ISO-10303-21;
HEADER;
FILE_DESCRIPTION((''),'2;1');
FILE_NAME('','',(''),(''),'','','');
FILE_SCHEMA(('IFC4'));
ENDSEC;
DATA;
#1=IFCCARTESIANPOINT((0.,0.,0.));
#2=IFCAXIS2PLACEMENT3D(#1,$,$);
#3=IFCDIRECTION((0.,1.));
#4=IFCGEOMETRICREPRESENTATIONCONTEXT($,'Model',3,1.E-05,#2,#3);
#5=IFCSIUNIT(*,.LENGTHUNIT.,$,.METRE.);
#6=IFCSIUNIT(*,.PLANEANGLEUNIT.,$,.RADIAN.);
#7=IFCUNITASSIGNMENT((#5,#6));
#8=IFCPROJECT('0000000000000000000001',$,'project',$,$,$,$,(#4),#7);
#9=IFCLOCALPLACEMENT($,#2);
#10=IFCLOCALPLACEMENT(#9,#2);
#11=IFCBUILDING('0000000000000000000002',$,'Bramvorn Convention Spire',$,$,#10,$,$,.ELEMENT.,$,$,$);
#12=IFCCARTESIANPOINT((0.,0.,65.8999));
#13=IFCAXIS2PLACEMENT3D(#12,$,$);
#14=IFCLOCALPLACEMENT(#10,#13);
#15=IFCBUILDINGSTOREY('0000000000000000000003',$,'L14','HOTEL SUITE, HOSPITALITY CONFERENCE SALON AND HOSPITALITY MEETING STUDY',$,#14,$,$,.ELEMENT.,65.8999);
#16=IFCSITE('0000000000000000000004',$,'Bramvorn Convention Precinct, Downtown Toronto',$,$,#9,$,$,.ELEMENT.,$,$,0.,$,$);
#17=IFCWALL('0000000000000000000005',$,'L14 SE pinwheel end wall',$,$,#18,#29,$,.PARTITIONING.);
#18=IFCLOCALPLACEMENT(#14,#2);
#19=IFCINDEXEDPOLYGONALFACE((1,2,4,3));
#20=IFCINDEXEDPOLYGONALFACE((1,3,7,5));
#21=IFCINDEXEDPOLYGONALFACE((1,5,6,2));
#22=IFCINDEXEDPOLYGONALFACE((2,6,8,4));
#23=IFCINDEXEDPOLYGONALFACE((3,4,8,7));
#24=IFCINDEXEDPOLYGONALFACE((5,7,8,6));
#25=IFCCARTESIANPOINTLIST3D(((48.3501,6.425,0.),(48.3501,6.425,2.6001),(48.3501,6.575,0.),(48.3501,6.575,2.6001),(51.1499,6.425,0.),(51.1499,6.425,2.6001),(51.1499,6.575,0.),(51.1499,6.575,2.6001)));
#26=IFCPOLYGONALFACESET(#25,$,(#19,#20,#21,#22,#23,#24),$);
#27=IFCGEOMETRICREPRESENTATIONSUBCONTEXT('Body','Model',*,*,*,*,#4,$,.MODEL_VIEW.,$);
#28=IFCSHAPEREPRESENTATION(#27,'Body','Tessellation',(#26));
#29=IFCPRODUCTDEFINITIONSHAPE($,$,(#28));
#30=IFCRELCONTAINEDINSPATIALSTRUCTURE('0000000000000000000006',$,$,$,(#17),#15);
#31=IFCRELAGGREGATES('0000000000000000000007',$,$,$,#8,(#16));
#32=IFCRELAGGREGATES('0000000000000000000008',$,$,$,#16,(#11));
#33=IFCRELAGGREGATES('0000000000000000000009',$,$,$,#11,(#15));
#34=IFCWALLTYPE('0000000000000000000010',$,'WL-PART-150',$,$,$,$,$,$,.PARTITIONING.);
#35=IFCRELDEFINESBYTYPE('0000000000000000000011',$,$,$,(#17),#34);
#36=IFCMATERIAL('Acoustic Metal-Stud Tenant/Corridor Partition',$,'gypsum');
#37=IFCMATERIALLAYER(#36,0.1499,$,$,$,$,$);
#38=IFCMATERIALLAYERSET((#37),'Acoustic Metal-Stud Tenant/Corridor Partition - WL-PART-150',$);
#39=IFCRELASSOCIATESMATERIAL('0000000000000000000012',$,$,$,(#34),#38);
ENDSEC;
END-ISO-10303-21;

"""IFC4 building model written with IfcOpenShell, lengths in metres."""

from ifc_helpers import new_model, si_unit, direction, frame, frame_2d, origin, place, context, subcontext, project, spatial, rectangle, extrude, material, layer, layer_set, type_object, element, save


model = new_model("IFC4")

# Units and contexts
model_context = context("Model", 3, precision=1e-05, world=origin(), true_north=direction((0.0, 1.0)))
body_context = subcontext(model_context, "Body", "Model", "MODEL_VIEW")
ifc_project = project(units=[si_unit("LENGTHUNIT", "METRE"), si_unit("PLANEANGLEUNIT", "RADIAN")], contexts=[model_context])

# Site, building, storey
site_placement = place(None, origin())
site = spatial("IfcSite", under=ifc_project, at=site_placement, Name="Bramvorn Convention Precinct, Downtown Toronto", CompositionType="ELEMENT", RefElevation=0.0)
building_placement = place(site_placement, origin())
building = spatial("IfcBuilding", under=site, at=building_placement, Name="Bramvorn Convention Spire", CompositionType="ELEMENT")
storey_placement = place(building_placement, frame((0.0, 0.0, 65.8999)))
storey = spatial("IfcBuildingStorey", under=building, at=storey_placement, Name="L14", Description="HOTEL SUITE, HOSPITALITY CONFERENCE SALON AND HOSPITALITY MEETING STUDY", CompositionType="ELEMENT", Elevation=65.8999)

# Wall
ifc_material_1 = material(Name="Acoustic Metal-Stud Tenant/Corridor Partition", Category="gypsum")
ifc_layer_1 = layer(ifc_material_1, 0.1499)
ifc_layer_set_1 = layer_set([ifc_layer_1], Name="Acoustic Metal-Stud Tenant/Corridor Partition - WL-PART-150")
wall_type_1 = type_object("IfcWallType", Name="WL-PART-150", PredefinedType="PARTITIONING", material=ifc_layer_set_1)
wall_1_placement = place(storey_placement, frame((48.3501, 6.5, 0.0), z_axis=(0.0, 0.0, 1.0), x_axis=(1.0, 0.0, 0.0)))
element("IfcWall", 1, at=wall_1_placement, inside=storey, type_object=wall_type_1, Name="L14 SE pinwheel end wall", PredefinedType="PARTITIONING", context=body_context, shape_type="SweptSolid", body=[
    extrude(rectangle(XDim=2.7998, YDim=0.1499, at=frame_2d((1.3999, 0.0))), origin(), (0.0, 0.0, 1.0), 2.6001),
])

save(model, "model.ifc")
